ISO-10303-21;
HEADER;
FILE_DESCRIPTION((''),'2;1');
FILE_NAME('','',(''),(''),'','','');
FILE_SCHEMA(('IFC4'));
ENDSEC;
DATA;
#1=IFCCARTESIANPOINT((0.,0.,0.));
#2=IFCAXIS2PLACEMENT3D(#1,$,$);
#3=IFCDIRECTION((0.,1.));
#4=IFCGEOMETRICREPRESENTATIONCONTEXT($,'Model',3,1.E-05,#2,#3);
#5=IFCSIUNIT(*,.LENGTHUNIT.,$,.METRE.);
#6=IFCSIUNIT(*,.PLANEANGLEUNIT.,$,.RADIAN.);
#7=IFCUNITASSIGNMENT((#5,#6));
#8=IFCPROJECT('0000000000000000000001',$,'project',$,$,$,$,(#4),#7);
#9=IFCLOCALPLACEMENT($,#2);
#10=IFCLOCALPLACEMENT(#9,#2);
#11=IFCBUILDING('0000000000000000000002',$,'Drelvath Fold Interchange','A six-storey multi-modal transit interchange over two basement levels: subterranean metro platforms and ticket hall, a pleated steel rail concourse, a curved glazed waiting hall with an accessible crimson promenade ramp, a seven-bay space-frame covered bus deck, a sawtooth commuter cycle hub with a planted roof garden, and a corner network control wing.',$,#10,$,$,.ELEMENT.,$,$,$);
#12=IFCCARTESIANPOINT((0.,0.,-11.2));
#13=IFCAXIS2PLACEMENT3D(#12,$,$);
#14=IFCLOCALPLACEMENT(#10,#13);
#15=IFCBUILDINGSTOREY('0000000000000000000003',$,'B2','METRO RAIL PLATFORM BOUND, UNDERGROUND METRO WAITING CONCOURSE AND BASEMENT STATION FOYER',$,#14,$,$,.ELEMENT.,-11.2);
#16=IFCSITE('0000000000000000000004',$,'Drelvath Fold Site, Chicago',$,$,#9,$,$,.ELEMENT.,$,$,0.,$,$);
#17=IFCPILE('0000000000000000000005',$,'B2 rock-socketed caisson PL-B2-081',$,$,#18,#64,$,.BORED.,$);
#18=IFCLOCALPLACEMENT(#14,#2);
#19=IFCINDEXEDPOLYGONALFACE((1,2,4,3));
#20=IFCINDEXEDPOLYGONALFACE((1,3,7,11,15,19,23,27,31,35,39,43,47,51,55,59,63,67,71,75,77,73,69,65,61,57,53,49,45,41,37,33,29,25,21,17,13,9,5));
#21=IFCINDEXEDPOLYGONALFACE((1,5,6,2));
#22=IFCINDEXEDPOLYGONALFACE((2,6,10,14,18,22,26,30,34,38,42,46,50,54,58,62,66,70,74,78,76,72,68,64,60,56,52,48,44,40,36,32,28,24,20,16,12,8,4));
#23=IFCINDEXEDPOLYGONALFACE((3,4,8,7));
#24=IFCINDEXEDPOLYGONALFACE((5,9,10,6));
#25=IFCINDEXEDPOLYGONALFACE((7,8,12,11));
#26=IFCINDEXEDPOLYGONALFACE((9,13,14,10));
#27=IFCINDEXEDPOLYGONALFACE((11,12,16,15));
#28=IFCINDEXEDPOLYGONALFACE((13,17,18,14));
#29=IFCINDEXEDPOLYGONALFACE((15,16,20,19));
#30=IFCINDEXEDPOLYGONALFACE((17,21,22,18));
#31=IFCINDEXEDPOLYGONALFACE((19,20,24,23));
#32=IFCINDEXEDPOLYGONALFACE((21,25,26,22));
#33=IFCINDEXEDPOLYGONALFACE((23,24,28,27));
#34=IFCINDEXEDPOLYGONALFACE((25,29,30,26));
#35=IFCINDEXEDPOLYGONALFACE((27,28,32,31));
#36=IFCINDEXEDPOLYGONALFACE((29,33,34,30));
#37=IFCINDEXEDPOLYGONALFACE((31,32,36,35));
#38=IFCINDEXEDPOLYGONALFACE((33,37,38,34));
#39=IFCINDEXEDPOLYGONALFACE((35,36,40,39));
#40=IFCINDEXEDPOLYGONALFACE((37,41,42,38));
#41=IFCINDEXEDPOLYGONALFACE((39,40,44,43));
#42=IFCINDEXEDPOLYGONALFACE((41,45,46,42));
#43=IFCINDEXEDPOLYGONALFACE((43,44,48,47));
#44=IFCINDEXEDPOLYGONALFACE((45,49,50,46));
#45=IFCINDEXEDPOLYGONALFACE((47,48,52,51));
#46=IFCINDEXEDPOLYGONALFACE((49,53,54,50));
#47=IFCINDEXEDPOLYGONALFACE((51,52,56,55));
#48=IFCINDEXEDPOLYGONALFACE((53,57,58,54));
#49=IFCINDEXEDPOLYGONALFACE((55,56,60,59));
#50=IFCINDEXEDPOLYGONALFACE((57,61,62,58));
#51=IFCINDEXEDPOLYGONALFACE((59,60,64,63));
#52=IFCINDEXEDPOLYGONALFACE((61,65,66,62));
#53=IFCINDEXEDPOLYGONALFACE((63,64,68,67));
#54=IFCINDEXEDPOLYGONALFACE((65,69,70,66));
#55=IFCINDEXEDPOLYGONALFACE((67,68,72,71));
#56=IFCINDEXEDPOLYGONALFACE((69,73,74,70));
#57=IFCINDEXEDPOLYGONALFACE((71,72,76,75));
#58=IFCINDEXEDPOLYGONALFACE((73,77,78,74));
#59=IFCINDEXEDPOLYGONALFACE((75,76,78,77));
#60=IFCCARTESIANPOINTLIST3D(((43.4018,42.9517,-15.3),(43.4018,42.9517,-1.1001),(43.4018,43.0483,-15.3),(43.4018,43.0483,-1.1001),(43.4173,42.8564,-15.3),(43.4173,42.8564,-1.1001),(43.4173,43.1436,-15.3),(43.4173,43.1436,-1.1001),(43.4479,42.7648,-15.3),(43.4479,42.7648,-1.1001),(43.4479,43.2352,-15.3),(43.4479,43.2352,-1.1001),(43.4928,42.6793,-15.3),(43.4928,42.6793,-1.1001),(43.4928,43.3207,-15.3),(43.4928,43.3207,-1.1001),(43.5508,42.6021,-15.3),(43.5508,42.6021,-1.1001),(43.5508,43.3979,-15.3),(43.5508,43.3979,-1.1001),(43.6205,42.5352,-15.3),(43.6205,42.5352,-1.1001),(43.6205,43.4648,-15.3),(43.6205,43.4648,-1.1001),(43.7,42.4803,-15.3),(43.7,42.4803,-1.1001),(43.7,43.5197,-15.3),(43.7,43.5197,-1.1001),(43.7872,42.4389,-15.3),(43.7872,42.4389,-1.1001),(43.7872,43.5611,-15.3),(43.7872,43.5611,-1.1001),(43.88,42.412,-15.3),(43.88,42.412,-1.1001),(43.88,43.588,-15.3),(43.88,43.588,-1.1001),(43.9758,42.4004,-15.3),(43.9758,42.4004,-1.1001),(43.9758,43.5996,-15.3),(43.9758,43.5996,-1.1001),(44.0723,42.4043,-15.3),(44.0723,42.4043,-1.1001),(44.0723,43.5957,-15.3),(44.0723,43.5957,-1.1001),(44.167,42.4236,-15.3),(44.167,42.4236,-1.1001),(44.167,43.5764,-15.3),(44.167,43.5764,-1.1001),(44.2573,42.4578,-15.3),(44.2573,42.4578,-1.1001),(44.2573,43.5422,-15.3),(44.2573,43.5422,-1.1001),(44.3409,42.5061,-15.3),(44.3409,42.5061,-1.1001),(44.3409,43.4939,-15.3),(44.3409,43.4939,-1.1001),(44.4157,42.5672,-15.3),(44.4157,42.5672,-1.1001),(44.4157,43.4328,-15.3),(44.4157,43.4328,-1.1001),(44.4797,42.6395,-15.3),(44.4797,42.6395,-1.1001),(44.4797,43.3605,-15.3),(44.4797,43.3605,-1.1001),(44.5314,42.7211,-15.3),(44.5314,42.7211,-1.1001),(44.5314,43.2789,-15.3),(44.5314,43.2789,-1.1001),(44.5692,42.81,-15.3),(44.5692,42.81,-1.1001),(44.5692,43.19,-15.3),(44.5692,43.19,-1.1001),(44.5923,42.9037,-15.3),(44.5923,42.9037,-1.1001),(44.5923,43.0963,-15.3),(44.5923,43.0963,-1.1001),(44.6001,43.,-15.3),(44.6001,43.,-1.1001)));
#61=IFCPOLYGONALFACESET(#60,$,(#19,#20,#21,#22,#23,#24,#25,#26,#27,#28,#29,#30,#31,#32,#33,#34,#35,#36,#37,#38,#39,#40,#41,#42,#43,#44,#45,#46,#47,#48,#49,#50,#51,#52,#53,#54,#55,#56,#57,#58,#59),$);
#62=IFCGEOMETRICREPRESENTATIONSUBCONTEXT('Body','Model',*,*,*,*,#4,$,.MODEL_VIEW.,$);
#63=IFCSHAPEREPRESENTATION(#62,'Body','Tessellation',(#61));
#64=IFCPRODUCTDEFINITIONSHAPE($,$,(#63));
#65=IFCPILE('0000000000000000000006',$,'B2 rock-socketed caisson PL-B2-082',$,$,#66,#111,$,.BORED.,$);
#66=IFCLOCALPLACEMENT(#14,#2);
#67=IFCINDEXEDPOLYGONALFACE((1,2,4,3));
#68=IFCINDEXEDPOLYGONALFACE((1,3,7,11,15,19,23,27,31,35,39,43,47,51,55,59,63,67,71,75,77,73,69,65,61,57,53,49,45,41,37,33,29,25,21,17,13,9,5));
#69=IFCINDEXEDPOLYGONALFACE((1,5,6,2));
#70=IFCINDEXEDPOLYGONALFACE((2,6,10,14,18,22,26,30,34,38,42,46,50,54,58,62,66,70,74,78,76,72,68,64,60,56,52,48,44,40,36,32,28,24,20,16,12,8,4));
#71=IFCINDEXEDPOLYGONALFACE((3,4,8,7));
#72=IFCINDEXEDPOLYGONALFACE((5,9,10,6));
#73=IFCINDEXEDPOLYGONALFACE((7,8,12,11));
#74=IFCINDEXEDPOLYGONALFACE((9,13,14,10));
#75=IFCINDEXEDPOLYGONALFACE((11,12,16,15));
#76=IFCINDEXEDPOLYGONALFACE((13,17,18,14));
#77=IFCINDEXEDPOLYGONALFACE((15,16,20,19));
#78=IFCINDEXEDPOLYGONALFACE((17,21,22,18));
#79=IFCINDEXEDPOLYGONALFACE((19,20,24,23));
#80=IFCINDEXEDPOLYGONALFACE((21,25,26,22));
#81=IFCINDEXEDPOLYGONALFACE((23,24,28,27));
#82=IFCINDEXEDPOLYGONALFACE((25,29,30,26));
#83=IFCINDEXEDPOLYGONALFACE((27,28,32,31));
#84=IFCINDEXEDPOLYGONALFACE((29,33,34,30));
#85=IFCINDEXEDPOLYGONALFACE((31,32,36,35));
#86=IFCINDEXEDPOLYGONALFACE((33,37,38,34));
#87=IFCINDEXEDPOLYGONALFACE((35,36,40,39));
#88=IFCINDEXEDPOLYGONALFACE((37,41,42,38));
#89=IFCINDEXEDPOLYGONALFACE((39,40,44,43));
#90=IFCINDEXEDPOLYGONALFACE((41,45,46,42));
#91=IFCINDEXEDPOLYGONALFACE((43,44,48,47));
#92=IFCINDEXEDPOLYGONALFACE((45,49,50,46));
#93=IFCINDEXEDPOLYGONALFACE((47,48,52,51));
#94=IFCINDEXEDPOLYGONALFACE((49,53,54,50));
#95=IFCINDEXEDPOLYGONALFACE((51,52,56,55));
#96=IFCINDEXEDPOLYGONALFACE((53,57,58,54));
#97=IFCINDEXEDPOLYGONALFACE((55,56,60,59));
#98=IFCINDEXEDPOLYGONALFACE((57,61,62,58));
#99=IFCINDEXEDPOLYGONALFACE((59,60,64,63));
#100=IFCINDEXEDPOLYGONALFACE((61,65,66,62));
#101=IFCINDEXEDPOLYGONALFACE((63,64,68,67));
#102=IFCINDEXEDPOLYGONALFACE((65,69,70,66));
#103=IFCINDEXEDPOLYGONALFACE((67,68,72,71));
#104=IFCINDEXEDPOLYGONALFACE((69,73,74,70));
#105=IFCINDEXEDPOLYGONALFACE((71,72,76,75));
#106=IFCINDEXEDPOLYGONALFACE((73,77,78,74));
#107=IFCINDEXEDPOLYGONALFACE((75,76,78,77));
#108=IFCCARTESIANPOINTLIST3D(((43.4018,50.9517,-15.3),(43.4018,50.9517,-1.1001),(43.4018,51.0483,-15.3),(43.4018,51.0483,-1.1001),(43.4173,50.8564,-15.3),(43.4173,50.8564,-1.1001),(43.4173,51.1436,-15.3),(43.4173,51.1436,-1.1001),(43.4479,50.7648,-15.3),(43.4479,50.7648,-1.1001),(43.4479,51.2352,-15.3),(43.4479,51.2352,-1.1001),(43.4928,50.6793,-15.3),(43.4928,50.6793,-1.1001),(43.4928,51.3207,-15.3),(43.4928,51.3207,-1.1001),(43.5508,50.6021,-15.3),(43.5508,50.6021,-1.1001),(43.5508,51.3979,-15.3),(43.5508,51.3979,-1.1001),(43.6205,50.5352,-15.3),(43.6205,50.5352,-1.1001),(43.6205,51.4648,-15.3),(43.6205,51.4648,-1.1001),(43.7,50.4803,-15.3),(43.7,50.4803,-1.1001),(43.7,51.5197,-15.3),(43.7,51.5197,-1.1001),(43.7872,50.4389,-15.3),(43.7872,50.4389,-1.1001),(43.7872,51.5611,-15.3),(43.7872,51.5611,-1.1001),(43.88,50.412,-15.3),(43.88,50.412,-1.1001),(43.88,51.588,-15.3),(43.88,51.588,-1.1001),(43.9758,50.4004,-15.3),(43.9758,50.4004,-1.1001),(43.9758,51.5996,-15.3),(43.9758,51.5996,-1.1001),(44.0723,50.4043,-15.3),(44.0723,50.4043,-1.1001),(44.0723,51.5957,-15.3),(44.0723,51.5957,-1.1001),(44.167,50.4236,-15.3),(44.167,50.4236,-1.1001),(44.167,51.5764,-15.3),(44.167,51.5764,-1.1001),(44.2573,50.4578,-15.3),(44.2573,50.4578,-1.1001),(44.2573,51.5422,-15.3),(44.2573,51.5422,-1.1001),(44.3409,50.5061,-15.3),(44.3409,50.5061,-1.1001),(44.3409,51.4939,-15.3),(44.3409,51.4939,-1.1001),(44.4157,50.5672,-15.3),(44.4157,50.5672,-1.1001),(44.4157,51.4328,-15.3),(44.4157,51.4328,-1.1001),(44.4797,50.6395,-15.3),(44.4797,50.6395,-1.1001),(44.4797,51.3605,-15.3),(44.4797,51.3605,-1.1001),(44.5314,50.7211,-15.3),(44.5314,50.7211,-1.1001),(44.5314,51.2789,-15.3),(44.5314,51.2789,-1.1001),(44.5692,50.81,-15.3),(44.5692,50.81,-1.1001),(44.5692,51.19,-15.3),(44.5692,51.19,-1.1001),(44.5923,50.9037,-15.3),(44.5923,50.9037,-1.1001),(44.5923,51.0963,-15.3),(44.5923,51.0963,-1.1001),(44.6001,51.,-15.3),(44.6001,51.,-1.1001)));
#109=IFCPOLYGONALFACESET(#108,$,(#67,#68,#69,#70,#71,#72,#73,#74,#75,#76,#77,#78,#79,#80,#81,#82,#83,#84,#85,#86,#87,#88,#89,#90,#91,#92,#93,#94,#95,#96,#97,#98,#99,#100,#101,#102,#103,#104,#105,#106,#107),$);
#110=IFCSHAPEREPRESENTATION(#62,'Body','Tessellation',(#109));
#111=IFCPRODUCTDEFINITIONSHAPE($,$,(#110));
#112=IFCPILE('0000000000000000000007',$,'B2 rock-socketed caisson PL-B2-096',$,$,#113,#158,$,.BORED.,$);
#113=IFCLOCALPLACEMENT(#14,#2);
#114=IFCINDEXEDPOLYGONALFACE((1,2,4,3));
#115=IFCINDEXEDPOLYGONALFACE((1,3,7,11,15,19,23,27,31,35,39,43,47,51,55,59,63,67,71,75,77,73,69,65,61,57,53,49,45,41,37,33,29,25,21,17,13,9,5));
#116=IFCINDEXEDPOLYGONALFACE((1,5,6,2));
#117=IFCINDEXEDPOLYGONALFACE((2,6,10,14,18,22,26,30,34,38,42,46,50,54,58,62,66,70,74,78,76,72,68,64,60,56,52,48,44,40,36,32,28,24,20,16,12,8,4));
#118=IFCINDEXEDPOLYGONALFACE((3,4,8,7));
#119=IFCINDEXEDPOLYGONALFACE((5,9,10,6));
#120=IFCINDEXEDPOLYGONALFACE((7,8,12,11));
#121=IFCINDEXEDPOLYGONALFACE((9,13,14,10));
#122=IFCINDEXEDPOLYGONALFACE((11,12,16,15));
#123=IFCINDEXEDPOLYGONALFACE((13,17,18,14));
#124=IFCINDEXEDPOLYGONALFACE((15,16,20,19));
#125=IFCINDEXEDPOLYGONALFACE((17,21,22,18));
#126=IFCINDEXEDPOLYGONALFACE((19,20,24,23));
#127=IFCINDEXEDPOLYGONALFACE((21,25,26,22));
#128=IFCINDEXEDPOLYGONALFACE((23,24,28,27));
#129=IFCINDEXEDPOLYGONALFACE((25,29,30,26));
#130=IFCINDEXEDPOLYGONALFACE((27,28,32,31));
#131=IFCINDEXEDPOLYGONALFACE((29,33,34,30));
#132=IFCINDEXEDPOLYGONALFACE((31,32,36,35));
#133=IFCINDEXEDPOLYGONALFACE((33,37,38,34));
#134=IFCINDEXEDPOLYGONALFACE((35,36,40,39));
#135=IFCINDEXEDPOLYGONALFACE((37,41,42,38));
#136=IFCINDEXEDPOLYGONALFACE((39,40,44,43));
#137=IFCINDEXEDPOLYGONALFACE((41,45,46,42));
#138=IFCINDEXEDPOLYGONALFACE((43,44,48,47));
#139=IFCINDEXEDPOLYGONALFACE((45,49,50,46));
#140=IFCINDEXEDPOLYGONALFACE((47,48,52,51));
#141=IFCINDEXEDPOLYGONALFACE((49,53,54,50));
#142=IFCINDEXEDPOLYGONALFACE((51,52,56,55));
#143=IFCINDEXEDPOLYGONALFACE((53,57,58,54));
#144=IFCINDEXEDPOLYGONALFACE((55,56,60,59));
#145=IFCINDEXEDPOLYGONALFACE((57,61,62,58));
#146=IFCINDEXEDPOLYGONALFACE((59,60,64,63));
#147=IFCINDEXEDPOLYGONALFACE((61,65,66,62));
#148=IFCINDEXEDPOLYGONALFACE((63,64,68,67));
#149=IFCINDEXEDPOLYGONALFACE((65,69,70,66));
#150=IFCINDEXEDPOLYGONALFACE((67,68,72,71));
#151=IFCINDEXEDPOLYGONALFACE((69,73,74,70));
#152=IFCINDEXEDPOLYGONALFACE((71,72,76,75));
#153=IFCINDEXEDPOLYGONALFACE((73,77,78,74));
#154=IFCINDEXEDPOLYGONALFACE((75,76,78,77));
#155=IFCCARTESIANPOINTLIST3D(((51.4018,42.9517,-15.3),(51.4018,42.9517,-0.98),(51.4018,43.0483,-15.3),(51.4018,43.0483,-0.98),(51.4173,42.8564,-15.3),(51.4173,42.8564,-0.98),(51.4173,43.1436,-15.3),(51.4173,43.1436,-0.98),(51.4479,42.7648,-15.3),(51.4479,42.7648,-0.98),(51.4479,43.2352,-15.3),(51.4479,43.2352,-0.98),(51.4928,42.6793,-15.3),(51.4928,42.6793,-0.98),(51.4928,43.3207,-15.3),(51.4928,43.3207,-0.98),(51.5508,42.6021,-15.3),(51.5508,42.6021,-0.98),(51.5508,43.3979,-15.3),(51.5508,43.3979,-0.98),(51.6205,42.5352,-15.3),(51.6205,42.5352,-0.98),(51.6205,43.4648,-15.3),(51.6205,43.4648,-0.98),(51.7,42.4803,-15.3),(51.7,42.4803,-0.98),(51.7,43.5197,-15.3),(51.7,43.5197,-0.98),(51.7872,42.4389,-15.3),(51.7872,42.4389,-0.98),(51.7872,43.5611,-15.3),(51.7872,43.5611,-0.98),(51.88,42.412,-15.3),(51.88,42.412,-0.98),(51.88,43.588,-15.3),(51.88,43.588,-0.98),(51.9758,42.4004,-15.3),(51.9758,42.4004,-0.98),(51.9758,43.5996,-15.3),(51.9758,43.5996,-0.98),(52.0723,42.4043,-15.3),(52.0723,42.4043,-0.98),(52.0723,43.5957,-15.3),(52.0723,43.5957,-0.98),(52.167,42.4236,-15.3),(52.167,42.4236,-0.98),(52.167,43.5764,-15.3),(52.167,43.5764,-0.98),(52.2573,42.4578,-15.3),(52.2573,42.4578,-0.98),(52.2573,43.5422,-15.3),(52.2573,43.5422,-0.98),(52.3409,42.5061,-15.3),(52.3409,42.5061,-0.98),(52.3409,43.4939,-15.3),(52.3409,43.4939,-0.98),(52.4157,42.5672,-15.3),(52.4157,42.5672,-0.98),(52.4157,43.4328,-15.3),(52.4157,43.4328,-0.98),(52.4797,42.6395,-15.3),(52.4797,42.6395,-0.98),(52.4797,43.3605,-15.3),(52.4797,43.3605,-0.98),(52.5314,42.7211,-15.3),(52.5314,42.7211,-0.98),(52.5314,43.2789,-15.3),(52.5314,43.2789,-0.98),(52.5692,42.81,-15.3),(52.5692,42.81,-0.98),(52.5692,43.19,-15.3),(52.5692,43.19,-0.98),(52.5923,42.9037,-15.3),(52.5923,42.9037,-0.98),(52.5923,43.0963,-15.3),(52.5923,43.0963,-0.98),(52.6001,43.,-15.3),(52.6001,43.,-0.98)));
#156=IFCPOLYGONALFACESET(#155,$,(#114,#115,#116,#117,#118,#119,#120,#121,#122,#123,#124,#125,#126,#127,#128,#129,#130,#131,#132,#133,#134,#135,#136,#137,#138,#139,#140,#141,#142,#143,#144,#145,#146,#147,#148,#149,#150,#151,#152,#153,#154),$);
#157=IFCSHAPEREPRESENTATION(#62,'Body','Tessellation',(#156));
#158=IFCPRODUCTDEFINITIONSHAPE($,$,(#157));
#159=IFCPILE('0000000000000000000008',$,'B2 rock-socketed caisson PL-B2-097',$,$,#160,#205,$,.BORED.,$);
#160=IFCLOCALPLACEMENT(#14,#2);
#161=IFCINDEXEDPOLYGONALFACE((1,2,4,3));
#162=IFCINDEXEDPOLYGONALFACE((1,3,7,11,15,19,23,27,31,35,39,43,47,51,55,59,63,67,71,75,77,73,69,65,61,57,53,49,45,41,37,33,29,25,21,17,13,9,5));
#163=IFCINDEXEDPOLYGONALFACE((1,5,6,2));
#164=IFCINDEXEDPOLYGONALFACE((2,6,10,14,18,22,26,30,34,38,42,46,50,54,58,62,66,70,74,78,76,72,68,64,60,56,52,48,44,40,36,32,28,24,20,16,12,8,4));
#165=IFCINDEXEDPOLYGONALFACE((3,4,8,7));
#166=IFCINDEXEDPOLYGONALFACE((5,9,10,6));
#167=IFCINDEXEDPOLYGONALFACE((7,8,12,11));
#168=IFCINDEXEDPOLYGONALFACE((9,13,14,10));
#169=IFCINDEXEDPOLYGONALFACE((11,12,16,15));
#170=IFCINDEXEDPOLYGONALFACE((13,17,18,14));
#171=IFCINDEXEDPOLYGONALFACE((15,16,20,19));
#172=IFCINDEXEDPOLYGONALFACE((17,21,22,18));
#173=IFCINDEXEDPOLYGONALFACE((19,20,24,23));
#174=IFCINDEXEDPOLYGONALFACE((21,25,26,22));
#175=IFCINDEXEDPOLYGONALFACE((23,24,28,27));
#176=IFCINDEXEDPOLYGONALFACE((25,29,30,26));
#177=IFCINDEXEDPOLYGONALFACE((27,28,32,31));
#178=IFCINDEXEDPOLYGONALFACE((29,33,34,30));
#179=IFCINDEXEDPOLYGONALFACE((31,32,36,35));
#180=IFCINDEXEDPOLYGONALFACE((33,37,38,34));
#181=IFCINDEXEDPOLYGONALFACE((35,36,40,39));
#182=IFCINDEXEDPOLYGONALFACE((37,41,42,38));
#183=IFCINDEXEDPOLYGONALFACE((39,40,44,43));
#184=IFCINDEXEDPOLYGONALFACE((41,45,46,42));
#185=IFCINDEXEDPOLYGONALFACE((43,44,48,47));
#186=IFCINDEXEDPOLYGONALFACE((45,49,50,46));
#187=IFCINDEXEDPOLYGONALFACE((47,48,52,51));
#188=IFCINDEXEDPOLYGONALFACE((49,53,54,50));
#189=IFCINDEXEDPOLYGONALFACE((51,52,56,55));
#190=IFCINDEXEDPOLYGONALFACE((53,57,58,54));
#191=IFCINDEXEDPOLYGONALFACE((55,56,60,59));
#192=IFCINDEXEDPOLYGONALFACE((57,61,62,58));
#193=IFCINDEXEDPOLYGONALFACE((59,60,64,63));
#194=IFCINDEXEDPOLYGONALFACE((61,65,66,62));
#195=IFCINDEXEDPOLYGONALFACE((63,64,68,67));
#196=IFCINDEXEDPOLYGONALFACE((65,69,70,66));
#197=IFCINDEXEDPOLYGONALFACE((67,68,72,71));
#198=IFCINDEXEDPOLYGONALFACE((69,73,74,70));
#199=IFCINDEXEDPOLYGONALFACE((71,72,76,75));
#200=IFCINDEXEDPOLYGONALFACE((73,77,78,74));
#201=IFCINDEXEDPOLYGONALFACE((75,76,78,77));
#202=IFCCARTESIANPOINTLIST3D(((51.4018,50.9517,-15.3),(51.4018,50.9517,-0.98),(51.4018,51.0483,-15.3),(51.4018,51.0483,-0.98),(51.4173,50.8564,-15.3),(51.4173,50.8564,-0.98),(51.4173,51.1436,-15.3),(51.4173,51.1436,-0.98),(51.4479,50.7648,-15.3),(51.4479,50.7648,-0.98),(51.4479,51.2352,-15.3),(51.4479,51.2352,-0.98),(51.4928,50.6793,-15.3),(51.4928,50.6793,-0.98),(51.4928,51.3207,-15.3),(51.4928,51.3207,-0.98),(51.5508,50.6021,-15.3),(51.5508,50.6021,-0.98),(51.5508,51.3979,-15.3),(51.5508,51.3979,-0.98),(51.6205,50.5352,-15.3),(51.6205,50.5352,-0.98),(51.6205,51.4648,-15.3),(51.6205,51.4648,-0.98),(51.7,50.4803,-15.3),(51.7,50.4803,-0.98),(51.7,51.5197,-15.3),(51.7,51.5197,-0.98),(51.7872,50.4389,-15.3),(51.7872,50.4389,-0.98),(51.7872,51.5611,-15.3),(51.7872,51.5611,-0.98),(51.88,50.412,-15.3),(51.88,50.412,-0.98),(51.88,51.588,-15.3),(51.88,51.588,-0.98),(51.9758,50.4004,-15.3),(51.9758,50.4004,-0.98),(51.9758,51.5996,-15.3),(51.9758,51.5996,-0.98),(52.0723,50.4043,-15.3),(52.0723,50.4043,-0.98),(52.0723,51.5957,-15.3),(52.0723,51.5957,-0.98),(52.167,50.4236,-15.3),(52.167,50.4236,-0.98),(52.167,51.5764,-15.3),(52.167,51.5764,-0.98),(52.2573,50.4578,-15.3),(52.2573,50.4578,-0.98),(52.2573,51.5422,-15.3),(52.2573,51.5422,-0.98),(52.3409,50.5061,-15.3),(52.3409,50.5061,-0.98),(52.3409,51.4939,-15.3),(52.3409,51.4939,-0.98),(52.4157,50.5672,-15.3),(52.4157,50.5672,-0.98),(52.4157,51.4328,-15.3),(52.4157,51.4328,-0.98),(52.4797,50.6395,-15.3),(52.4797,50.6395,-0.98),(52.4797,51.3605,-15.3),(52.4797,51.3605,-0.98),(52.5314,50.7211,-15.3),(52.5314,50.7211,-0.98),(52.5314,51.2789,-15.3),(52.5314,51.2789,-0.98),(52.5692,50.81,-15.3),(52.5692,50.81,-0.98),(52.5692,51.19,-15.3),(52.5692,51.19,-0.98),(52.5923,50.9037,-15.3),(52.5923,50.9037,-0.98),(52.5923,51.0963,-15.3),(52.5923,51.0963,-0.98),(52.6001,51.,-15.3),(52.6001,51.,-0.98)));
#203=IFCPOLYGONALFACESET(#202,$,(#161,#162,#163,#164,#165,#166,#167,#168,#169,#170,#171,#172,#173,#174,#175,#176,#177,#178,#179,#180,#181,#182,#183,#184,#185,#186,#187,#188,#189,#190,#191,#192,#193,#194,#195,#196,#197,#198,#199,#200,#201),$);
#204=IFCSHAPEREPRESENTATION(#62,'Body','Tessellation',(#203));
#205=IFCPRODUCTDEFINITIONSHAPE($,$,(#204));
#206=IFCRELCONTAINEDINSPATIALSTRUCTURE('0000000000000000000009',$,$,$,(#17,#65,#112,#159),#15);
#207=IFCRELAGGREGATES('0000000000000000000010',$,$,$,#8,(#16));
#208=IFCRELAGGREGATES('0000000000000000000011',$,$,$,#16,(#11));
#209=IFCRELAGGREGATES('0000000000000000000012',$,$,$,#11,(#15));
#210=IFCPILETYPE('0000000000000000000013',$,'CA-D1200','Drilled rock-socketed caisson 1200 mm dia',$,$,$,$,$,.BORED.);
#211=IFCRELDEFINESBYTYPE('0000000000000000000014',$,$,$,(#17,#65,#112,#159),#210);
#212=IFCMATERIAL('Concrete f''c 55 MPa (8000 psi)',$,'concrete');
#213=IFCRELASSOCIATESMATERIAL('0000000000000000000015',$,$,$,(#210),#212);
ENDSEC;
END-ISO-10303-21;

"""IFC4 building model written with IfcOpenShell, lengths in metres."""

from ifc_helpers import new_model, si_unit, direction, frame, origin, origin_2d, place, context, subcontext, project, spatial, circle, extrude, material, material_profile, profile_set, type_object, element, save


model = new_model("IFC4")

# Units and contexts
model_context = context("Model", 3, precision=1e-05, world=origin(), true_north=direction((0.0, 1.0)))
body_context = subcontext(model_context, "Body", "Model", "MODEL_VIEW")
ifc_project = project(units=[si_unit("LENGTHUNIT", "METRE"), si_unit("PLANEANGLEUNIT", "RADIAN")], contexts=[model_context])

# Site, building, storey
site_placement = place(None, origin())
site = spatial("IfcSite", under=ifc_project, at=site_placement, Name="Drelvath Fold Site, Chicago", CompositionType="ELEMENT", RefElevation=0.0)
building_placement = place(site_placement, origin())
building = spatial("IfcBuilding", under=site, at=building_placement, Name="Drelvath Fold Interchange", Description="A six-storey multi-modal transit interchange over two basement levels: subterranean metro platforms and ticket hall, a pleated steel rail concourse, a curved glazed waiting hall with an accessible crimson promenade ramp, a seven-bay space-frame covered bus deck, a sawtooth commuter cycle hub with a planted roof garden, and a corner network control wing.", CompositionType="ELEMENT")
storey_placement = place(building_placement, frame((0.0, 0.0, -11.2)))
storey = spatial("IfcBuildingStorey", under=building, at=storey_placement, Name="B2", Description="METRO RAIL PLATFORM BOUND, UNDERGROUND METRO WAITING CONCOURSE AND BASEMENT STATION FOYER", CompositionType="ELEMENT", Elevation=-11.2)

# Piles
ifc_material_1 = material(Name="Concrete f'c 55 MPa (8000 psi)", Category="concrete")
ifc_material_profile_1 = material_profile(ifc_material_1, circle(Radius=0.6001, at=origin_2d()), Name="CAISSON D1200")
ifc_profile_set_1 = profile_set([ifc_material_profile_1], Name="Concrete f'c 55 MPa (8000 psi)")
pile_type_1 = type_object("IfcPileType", Name="CA-D1200", Description="Drilled rock-socketed caisson 1200 mm dia", PredefinedType="BORED", material=ifc_profile_set_1)
for number, where, z_axis, x_axis, name in (
    (1, (44.0, 43.0, -1.1001), (0.0, 0.0, -1.0), (1.0, 0.0, 0.0), "B2 rock-socketed caisson PL-B2-081"),
    (2, (44.0, 51.0, -1.1001), (0.0, 0.0, -1.0), (1.0, 0.0, 0.0), "B2 rock-socketed caisson PL-B2-082"),
):
    element("IfcPile", number, at=place(storey_placement, frame(where, z_axis=z_axis, x_axis=x_axis)), inside=storey, type_object=pile_type_1, Name=name, PredefinedType="BORED", context=body_context, shape_type="SweptSolid", body=[
        extrude(circle(Radius=0.6001, at=origin_2d()), origin(), (0.0, 0.0, 1.0), 14.2),
    ])
for number, where, z_axis, x_axis, name in (
    (3, (52.0, 43.0, -0.98), (0.0, 0.0, -1.0), (1.0, 0.0, 0.0), "B2 rock-socketed caisson PL-B2-096"),
    (4, (52.0, 51.0, -0.98), (0.0, 0.0, -1.0), (1.0, 0.0, 0.0), "B2 rock-socketed caisson PL-B2-097"),
):
    element("IfcPile", number, at=place(storey_placement, frame(where, z_axis=z_axis, x_axis=x_axis)), inside=storey, type_object=pile_type_1, Name=name, PredefinedType="BORED", context=body_context, shape_type="SweptSolid", body=[
        extrude(circle(Radius=0.6001, at=origin_2d()), origin(), (0.0, 0.0, 1.0), 14.3201),
    ])

save(model, "model.ifc")
